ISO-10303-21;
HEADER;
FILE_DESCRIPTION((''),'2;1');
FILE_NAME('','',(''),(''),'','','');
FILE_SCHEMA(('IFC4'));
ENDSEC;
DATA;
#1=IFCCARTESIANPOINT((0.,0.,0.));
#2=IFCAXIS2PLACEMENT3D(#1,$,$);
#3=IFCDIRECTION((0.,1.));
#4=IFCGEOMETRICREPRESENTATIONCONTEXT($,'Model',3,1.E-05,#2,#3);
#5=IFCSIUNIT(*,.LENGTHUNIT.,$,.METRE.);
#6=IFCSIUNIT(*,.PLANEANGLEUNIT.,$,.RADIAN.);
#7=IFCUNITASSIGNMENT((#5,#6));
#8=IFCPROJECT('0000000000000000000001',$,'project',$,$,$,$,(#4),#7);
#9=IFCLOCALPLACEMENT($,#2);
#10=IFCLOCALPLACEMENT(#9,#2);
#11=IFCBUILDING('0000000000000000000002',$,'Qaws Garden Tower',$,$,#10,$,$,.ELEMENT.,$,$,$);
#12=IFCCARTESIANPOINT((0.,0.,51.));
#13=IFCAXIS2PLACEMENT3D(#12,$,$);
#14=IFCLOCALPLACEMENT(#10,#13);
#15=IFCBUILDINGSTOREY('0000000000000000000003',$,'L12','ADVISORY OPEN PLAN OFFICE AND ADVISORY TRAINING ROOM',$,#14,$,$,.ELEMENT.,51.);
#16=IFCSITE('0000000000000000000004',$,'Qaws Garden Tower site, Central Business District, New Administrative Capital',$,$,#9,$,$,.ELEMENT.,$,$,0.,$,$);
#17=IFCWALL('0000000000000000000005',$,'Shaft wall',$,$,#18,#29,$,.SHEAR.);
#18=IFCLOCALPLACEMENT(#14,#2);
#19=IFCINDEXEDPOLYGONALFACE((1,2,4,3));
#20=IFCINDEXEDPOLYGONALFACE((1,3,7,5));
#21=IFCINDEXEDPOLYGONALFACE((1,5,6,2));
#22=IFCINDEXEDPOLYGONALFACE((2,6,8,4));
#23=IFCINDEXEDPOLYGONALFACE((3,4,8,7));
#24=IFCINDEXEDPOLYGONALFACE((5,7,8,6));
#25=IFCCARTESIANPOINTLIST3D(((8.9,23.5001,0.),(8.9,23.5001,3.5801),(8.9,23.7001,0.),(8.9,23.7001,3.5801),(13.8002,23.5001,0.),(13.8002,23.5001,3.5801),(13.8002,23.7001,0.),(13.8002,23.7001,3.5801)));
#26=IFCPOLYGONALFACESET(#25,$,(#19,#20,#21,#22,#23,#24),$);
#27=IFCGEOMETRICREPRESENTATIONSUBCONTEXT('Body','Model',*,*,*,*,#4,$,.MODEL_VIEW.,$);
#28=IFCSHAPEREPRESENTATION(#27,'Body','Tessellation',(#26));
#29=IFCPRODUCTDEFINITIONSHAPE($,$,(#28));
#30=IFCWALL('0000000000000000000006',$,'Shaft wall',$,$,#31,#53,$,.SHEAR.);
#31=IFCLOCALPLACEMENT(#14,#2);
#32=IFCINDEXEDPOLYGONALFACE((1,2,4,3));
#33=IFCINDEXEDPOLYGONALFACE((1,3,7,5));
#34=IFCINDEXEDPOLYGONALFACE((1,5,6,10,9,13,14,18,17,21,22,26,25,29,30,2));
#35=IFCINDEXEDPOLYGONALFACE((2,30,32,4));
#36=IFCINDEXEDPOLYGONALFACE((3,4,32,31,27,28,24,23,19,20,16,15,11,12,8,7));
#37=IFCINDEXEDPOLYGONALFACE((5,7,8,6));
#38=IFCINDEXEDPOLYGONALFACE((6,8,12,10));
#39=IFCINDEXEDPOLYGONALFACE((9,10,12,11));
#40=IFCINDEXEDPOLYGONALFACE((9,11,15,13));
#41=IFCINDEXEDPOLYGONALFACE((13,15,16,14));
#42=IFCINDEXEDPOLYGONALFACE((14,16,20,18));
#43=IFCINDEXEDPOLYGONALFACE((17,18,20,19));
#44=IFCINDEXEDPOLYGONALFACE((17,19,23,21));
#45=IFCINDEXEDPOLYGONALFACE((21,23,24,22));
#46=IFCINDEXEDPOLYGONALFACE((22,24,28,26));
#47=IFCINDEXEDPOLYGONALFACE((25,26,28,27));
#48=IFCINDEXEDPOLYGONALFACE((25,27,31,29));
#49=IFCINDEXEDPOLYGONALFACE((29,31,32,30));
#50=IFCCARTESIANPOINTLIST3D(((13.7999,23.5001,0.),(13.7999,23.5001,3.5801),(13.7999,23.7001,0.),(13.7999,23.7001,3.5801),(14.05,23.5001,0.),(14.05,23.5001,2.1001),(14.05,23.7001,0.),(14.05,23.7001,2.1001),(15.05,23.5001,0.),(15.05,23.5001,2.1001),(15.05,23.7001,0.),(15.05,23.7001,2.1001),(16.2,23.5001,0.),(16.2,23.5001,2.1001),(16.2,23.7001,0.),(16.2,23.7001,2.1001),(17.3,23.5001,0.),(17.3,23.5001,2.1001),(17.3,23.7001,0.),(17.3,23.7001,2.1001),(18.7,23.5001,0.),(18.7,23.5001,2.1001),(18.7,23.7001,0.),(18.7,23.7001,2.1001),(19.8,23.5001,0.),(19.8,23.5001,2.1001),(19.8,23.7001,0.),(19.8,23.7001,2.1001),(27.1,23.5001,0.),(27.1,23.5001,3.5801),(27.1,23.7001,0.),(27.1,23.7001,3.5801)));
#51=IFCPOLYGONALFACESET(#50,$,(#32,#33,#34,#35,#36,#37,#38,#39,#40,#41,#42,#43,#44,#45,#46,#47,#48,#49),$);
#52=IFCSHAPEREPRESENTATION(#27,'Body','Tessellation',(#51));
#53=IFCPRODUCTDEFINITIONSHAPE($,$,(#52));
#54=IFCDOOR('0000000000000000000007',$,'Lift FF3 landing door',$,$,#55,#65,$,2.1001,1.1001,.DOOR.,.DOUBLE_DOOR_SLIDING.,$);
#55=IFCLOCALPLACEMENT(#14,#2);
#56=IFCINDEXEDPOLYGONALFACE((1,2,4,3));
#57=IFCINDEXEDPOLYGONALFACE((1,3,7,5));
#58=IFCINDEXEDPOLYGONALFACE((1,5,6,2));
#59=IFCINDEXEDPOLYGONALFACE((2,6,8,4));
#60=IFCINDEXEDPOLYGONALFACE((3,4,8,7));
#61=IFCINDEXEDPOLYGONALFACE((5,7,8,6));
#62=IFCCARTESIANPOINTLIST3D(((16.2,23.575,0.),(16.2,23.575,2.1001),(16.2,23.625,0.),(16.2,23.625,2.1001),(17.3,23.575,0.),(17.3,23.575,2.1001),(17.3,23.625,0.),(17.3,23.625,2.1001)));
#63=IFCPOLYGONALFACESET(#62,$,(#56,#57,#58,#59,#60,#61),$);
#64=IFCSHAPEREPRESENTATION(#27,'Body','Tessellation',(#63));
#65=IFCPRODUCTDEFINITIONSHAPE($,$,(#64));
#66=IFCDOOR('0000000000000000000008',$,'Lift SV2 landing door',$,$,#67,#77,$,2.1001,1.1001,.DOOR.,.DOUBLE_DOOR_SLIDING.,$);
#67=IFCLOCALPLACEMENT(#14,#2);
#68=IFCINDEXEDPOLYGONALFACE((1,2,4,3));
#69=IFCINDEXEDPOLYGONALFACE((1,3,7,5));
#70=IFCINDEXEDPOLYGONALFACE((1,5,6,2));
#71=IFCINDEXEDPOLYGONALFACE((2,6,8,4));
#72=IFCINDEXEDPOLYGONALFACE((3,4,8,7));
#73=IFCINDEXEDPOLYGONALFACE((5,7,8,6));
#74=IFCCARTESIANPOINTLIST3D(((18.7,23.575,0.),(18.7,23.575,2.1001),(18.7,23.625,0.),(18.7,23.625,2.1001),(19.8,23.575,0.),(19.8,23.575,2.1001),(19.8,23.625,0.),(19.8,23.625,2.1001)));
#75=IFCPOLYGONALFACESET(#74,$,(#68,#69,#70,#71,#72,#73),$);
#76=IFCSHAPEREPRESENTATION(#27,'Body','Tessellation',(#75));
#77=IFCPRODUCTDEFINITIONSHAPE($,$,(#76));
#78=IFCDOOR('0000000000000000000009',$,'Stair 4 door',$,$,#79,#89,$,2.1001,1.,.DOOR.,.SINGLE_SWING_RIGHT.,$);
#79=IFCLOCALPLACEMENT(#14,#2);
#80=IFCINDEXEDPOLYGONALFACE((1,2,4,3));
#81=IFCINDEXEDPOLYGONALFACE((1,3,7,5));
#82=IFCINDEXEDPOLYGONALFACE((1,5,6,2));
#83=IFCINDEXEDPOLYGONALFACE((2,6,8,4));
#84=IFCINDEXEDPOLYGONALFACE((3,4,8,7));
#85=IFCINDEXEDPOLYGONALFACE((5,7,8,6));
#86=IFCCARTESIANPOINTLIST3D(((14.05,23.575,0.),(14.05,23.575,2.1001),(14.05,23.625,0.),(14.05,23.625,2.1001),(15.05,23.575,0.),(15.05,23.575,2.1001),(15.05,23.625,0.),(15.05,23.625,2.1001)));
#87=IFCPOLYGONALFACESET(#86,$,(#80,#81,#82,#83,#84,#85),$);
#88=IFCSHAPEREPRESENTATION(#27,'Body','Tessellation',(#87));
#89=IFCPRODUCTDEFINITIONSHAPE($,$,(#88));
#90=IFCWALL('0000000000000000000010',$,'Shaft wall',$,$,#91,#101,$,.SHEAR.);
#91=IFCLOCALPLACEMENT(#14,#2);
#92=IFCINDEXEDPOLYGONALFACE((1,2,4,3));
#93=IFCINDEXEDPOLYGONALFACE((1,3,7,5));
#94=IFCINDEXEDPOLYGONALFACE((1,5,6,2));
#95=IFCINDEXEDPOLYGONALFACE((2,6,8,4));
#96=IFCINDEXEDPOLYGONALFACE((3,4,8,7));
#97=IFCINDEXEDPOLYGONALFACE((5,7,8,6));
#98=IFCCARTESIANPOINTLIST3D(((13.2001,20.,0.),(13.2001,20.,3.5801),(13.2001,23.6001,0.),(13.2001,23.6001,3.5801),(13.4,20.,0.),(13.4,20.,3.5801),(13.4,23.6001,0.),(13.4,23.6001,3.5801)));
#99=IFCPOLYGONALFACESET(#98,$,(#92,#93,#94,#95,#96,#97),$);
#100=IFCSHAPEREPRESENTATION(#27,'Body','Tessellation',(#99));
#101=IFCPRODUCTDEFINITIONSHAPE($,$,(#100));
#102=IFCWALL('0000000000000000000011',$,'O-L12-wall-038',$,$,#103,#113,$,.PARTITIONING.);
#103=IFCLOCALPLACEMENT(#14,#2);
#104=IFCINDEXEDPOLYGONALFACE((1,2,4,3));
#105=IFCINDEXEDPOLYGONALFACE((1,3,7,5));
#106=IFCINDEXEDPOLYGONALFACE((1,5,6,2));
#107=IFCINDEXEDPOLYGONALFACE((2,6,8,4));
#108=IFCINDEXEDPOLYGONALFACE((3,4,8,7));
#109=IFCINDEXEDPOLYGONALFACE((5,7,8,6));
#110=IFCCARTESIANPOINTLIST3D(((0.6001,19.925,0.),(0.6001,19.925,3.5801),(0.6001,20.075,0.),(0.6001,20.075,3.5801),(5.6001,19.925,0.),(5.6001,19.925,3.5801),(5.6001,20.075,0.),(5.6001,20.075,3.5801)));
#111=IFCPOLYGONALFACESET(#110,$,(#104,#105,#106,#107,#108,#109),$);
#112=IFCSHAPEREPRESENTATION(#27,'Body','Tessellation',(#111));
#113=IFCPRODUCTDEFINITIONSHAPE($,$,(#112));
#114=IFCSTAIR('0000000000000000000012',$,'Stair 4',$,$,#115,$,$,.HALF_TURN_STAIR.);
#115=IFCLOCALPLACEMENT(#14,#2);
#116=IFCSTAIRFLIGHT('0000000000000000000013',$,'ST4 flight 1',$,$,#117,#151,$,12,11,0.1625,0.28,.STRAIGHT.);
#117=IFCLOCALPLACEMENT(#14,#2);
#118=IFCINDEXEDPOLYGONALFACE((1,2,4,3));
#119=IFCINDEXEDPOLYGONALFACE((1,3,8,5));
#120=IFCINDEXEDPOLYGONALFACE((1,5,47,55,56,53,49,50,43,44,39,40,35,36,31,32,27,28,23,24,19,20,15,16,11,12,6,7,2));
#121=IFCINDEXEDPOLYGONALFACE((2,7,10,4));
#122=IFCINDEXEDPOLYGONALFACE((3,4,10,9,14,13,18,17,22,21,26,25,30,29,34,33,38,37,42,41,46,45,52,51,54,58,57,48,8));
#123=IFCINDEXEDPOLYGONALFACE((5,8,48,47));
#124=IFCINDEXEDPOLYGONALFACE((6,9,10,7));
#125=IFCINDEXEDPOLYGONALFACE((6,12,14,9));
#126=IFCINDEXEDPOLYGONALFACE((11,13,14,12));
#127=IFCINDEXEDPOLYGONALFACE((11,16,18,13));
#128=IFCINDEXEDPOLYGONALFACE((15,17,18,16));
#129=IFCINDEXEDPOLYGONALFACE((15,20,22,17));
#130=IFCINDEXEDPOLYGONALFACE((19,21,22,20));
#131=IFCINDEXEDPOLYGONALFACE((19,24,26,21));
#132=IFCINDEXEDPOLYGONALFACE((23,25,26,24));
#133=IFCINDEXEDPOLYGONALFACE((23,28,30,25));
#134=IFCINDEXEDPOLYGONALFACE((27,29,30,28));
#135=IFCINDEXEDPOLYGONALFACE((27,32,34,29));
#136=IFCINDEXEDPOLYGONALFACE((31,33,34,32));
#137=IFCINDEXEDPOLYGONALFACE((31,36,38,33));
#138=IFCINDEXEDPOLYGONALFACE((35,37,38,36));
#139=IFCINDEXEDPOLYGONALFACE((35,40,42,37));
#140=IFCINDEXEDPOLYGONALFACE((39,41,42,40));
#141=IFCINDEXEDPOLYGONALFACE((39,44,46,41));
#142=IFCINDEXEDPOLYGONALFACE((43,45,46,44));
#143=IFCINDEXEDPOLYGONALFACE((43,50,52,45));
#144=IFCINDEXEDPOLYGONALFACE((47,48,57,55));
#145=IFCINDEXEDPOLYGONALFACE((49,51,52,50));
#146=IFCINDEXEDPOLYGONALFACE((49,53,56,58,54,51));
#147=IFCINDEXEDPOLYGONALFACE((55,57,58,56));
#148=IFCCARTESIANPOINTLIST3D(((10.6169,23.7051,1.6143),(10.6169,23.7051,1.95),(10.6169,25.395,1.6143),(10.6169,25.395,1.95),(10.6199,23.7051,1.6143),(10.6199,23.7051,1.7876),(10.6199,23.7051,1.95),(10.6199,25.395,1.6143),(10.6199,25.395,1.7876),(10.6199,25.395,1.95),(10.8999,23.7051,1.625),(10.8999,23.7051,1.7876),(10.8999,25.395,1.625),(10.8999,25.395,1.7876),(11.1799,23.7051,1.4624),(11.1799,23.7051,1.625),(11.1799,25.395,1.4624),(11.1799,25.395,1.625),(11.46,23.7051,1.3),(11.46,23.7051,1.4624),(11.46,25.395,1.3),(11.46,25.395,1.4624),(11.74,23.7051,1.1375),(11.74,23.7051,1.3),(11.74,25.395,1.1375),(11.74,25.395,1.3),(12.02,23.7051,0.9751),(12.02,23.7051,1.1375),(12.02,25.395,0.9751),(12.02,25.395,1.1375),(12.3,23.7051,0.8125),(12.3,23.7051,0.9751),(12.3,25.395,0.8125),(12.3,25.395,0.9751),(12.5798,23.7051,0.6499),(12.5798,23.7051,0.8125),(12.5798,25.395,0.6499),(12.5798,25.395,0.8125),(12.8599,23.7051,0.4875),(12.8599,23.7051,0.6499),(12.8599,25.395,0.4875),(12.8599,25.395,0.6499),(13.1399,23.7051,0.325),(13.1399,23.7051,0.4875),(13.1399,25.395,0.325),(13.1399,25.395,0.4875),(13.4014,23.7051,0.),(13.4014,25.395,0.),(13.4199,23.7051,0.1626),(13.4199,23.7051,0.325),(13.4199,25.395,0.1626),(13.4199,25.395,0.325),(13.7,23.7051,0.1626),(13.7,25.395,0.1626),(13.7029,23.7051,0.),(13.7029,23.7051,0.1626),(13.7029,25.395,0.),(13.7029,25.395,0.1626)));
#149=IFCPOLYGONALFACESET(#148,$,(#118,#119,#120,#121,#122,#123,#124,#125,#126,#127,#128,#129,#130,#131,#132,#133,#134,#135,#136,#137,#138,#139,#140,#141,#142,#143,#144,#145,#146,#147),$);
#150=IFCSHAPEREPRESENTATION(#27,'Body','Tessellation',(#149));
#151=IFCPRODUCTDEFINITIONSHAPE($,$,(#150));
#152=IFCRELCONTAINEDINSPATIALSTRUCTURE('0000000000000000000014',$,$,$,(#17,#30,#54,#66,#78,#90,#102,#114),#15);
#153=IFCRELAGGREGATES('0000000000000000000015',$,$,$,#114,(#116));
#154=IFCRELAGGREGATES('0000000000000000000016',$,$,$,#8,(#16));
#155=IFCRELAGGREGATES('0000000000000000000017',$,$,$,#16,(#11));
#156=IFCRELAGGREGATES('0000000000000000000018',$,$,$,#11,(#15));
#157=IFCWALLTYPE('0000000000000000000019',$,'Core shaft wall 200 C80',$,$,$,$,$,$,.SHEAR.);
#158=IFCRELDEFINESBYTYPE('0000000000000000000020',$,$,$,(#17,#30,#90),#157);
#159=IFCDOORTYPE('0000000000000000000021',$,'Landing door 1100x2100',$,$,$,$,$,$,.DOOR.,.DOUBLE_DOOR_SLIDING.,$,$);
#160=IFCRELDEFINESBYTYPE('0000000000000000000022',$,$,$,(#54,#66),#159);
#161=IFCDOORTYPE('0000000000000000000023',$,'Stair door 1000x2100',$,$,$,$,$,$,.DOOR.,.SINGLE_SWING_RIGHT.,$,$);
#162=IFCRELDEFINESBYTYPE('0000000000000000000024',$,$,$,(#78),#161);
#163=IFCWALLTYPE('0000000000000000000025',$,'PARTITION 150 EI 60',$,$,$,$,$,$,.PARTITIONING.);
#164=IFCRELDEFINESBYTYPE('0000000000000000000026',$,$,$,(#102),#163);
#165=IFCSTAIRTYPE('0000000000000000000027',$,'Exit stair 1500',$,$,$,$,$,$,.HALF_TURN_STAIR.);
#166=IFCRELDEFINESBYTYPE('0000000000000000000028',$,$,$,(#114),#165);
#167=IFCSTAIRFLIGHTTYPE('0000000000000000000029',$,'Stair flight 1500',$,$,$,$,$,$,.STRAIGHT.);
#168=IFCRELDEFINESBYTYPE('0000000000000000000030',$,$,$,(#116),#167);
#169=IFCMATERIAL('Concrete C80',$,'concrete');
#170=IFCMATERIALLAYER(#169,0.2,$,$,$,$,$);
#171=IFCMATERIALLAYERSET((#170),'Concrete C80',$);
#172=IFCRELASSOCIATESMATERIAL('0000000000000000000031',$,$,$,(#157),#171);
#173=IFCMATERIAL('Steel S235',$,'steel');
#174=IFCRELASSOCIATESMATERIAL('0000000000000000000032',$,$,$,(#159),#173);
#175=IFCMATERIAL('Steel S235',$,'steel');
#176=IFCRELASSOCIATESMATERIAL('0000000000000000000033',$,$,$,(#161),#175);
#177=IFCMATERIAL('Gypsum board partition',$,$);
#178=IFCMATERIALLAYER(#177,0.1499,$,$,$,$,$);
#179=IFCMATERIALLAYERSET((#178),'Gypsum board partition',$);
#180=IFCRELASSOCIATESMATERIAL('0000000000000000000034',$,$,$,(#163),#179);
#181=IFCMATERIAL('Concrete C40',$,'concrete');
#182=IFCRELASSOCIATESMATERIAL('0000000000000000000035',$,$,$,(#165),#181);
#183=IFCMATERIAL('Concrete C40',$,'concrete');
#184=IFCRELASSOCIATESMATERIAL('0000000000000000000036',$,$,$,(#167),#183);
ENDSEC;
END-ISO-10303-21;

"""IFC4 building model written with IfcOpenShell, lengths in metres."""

from ifc_helpers import new_model, si_unit, direction, frame, frame_2d, origin, place, context, subcontext, project, spatial, polyline, rectangle, outline, extrude, material, layer, layer_set, type_object, element, fill, aggregate, save


model = new_model("IFC4")

# Units and contexts
model_context = context("Model", 3, precision=1e-05, world=origin(), true_north=direction((0.0, 1.0)))
body_context = subcontext(model_context, "Body", "Model", "MODEL_VIEW")
ifc_project = project(units=[si_unit("LENGTHUNIT", "METRE"), si_unit("PLANEANGLEUNIT", "RADIAN")], contexts=[model_context])

# Site, building, storey
site_placement = place(None, origin())
site = spatial("IfcSite", under=ifc_project, at=site_placement, Name="Qaws Garden Tower site, Central Business District, New Administrative Capital", CompositionType="ELEMENT", RefElevation=0.0)
building_placement = place(site_placement, origin())
building = spatial("IfcBuilding", under=site, at=building_placement, Name="Qaws Garden Tower", CompositionType="ELEMENT")
storey_placement = place(building_placement, frame((0.0, 0.0, 51.0)))
storey = spatial("IfcBuildingStorey", under=building, at=storey_placement, Name="L12", Description="ADVISORY OPEN PLAN OFFICE AND ADVISORY TRAINING ROOM", CompositionType="ELEMENT", Elevation=51.0)

# Wall
ifc_material_1 = material(Name="Concrete C80", Category="concrete")
ifc_layer_1 = layer(ifc_material_1, 0.2)
ifc_layer_set_1 = layer_set([ifc_layer_1], Name="Concrete C80")
wall_type_1 = type_object("IfcWallType", Name="Core shaft wall 200 C80", PredefinedType="SHEAR", material=ifc_layer_set_1)
wall_1_placement = place(storey_placement, frame((8.8999, 23.6001, 0.0), z_axis=(0.0, 0.0, 1.0), x_axis=(1.0, 0.0, 0.0)))
element("IfcWall", 1, at=wall_1_placement, inside=storey, type_object=wall_type_1, Name="Shaft wall", PredefinedType="SHEAR", context=body_context, shape_type="SweptSolid", body=[
    extrude(rectangle(XDim=4.9001, YDim=0.2, at=frame_2d((2.4502, 0.0))), origin(), (0.0, 0.0, 1.0), 3.5801),
])

# Wall, openings, doors
wall_2_placement = place(storey_placement, frame((13.8, 23.6001, 0.0), z_axis=(0.0, 0.0, 1.0), x_axis=(1.0, 0.0, 0.0)))
wall_2 = element("IfcWall", 2, at=wall_2_placement, inside=storey, type_object=wall_type_1, Name="Shaft wall", PredefinedType="SHEAR", context=body_context, shape_type="SweptSolid", body=[
    extrude(rectangle(XDim=13.3, YDim=0.2, at=frame_2d((6.6499, 0.0))), origin(), (0.0, 0.0, 1.0), 3.5801),
])
opening_1_placement = place(wall_2_placement, frame((2.3999, 0.0, 0.0)))
opening_1 = element("IfcOpeningElement", 3, at=opening_1_placement, cuts=wall_2, PredefinedType="OPENING", context=body_context, shape_type="SweptSolid", body=[
    extrude(rectangle(XDim=1.1001, YDim=2.1001, at=frame_2d((0.55, 1.05))), frame((0.0, 0.1099, 0.0), z_axis=(0.0, -1.0, 0.0), x_axis=(1.0, 0.0, 0.0)), (0.0, 0.0, 1.0), 0.22),
])
opening_2_placement = place(wall_2_placement, frame((4.8999, 0.0, 0.0)))
opening_2 = element("IfcOpeningElement", 4, at=opening_2_placement, cuts=wall_2, PredefinedType="OPENING", context=body_context, shape_type="SweptSolid", body=[
    extrude(rectangle(XDim=1.1001, YDim=2.1001, at=frame_2d((0.55, 1.05))), frame((0.0, 0.1099, 0.0), z_axis=(0.0, -1.0, 0.0), x_axis=(1.0, 0.0, 0.0)), (0.0, 0.0, 1.0), 0.22),
])
opening_3_placement = place(wall_2_placement, frame((0.25, 0.0, 0.0)))
opening_3 = element("IfcOpeningElement", 5, at=opening_3_placement, cuts=wall_2, PredefinedType="OPENING", context=body_context, shape_type="SweptSolid", body=[
    extrude(rectangle(XDim=1.0, YDim=2.1001, at=frame_2d((0.5, 1.05))), frame((0.0, 0.1099, 0.0), z_axis=(0.0, -1.0, 0.0), x_axis=(1.0, 0.0, 0.0)), (0.0, 0.0, 1.0), 0.22),
])
ifc_material_2 = material(Name="Steel S235", Category="steel")
door_type_1 = type_object("IfcDoorType", Name="Landing door 1100x2100", OperationType="DOUBLE_DOOR_SLIDING", PredefinedType="DOOR", material=ifc_material_2)
door_1_placement = place(opening_1_placement, origin())
door_1 = element("IfcDoor", 6, at=door_1_placement, inside=storey, type_object=door_type_1, Name="Lift FF3 landing door", OperationType="DOUBLE_DOOR_SLIDING", OverallHeight=2.1001, OverallWidth=1.1001, PredefinedType="DOOR", context=body_context, shape_type="SweptSolid", body=[
    extrude(rectangle(XDim=1.1001, YDim=2.1001, at=frame_2d((0.55, 1.05))), frame((0.0, 0.0249, 0.0), z_axis=(0.0, -1.0, 0.0), x_axis=(1.0, 0.0, 0.0)), (0.0, 0.0, 1.0), 0.05),
])
fill(opening_1, door_1)
door_2_placement = place(opening_2_placement, origin())
door_2 = element("IfcDoor", 7, at=door_2_placement, inside=storey, type_object=door_type_1, Name="Lift SV2 landing door", OperationType="DOUBLE_DOOR_SLIDING", OverallHeight=2.1001, OverallWidth=1.1001, PredefinedType="DOOR", context=body_context, shape_type="SweptSolid", body=[
    extrude(rectangle(XDim=1.1001, YDim=2.1001, at=frame_2d((0.55, 1.05))), frame((0.0, 0.0249, 0.0), z_axis=(0.0, -1.0, 0.0), x_axis=(1.0, 0.0, 0.0)), (0.0, 0.0, 1.0), 0.05),
])
fill(opening_2, door_2)
ifc_material_3 = material(Name="Steel S235", Category="steel")
door_type_2 = type_object("IfcDoorType", Name="Stair door 1000x2100", OperationType="SINGLE_SWING_RIGHT", PredefinedType="DOOR", material=ifc_material_3)
door_3_placement = place(opening_3_placement, origin())
door_3 = element("IfcDoor", 8, at=door_3_placement, inside=storey, type_object=door_type_2, Name="Stair 4 door", OperationType="SINGLE_SWING_RIGHT", OverallHeight=2.1001, OverallWidth=1.0, PredefinedType="DOOR", context=body_context, shape_type="SweptSolid", body=[
    extrude(rectangle(XDim=1.0, YDim=2.1001, at=frame_2d((0.5, 1.05))), frame((0.0, 0.0249, 0.0), z_axis=(0.0, -1.0, 0.0), x_axis=(1.0, 0.0, 0.0)), (0.0, 0.0, 1.0), 0.05),
])
fill(opening_3, door_3)

# Walls
wall_3_placement = place(storey_placement, frame((13.3, 20.0, 0.0), z_axis=(0.0, 0.0, 1.0), x_axis=(0.0, 1.0, 0.0)))
element("IfcWall", 9, at=wall_3_placement, inside=storey, type_object=wall_type_1, Name="Shaft wall", PredefinedType="SHEAR", context=body_context, shape_type="SweptSolid", body=[
    extrude(rectangle(XDim=3.6001, YDim=0.2, at=frame_2d((1.8, 0.0))), origin(), (0.0, 0.0, 1.0), 3.5801),
])
ifc_material_4 = material(Name="Gypsum board partition")
ifc_layer_2 = layer(ifc_material_4, 0.1499)
ifc_layer_set_2 = layer_set([ifc_layer_2], Name="Gypsum board partition")
wall_type_2 = type_object("IfcWallType", Name="PARTITION 150 EI 60", PredefinedType="PARTITIONING", material=ifc_layer_set_2)
wall_4_placement = place(storey_placement, frame((0.6001, 20.0, 0.0), z_axis=(0.0, 0.0, 1.0), x_axis=(1.0, 0.0, 0.0)))
element("IfcWall", 10, at=wall_4_placement, inside=storey, type_object=wall_type_2, Name="O-L12-wall-038", PredefinedType="PARTITIONING", context=body_context, shape_type="SweptSolid", body=[
    extrude(rectangle(XDim=5.0, YDim=0.1499, at=frame_2d((2.5, 0.0))), origin(), (0.0, 0.0, 1.0), 3.5801),
])

# Stair, stair flight
ifc_material_5 = material(Name="Concrete C40", Category="concrete")
stair_type = type_object("IfcStairType", Name="Exit stair 1500", PredefinedType="HALF_TURN_STAIR", material=ifc_material_5)
stair_placement = place(storey_placement, origin())
stair = element("IfcStair", 11, at=stair_placement, inside=storey, type_object=stair_type, Name="Stair 4", PredefinedType="HALF_TURN_STAIR")
ifc_material_6 = material(Name="Concrete C40", Category="concrete")
stair_flight_type = type_object("IfcStairFlightType", Name="Stair flight 1500", PredefinedType="STRAIGHT", material=ifc_material_6)
stair_flight_1_placement = place(storey_placement, frame((13.7, 24.55, 0.0), z_axis=(0.0, 0.0, 1.0), x_axis=(-1.0, 0.0, 0.0)))
stair_flight_1 = element("IfcStairFlight", 12, at=stair_flight_1_placement, type_object=stair_flight_type, Name="ST4 flight 1", NumberOfRisers=12, NumberOfTreads=11, PredefinedType="STRAIGHT", RiserHeight=0.1625, TreadLength=0.28, context=body_context, shape_type="SweptSolid", body=[
    extrude(outline(polyline([(-0.0029, 0.0), (-0.0029, 0.1626), (0.0, 0.1626), (0.28, 0.1626), (0.28, 0.325), (0.5601, 0.325), (0.5601, 0.4875), (0.8401, 0.4875), (0.8401, 0.6499), (1.1201, 0.6499), (1.1201, 0.8125), (1.3999, 0.8125), (1.3999, 0.9751), (1.6799, 0.9751), (1.6799, 1.1375), (1.96, 1.1375), (1.96, 1.3), (2.24, 1.3), (2.24, 1.4624), (2.52, 1.4624), (2.52, 1.625), (2.8, 1.625), (2.8, 1.7876), (3.0801, 1.7876), (3.0801, 1.95), (3.083, 1.95), (3.083, 1.6143), (3.0801, 1.6143), (0.2986, 0.0), (-0.0029, 0.0)])), frame((0.0, 0.845, 0.0), z_axis=(0.0, -1.0, 0.0), x_axis=(1.0, 0.0, 0.0)), (0.0, 0.0, 1.0), 1.6899),
])
aggregate(stair, [stair_flight_1])

save(model, "model.ifc")
